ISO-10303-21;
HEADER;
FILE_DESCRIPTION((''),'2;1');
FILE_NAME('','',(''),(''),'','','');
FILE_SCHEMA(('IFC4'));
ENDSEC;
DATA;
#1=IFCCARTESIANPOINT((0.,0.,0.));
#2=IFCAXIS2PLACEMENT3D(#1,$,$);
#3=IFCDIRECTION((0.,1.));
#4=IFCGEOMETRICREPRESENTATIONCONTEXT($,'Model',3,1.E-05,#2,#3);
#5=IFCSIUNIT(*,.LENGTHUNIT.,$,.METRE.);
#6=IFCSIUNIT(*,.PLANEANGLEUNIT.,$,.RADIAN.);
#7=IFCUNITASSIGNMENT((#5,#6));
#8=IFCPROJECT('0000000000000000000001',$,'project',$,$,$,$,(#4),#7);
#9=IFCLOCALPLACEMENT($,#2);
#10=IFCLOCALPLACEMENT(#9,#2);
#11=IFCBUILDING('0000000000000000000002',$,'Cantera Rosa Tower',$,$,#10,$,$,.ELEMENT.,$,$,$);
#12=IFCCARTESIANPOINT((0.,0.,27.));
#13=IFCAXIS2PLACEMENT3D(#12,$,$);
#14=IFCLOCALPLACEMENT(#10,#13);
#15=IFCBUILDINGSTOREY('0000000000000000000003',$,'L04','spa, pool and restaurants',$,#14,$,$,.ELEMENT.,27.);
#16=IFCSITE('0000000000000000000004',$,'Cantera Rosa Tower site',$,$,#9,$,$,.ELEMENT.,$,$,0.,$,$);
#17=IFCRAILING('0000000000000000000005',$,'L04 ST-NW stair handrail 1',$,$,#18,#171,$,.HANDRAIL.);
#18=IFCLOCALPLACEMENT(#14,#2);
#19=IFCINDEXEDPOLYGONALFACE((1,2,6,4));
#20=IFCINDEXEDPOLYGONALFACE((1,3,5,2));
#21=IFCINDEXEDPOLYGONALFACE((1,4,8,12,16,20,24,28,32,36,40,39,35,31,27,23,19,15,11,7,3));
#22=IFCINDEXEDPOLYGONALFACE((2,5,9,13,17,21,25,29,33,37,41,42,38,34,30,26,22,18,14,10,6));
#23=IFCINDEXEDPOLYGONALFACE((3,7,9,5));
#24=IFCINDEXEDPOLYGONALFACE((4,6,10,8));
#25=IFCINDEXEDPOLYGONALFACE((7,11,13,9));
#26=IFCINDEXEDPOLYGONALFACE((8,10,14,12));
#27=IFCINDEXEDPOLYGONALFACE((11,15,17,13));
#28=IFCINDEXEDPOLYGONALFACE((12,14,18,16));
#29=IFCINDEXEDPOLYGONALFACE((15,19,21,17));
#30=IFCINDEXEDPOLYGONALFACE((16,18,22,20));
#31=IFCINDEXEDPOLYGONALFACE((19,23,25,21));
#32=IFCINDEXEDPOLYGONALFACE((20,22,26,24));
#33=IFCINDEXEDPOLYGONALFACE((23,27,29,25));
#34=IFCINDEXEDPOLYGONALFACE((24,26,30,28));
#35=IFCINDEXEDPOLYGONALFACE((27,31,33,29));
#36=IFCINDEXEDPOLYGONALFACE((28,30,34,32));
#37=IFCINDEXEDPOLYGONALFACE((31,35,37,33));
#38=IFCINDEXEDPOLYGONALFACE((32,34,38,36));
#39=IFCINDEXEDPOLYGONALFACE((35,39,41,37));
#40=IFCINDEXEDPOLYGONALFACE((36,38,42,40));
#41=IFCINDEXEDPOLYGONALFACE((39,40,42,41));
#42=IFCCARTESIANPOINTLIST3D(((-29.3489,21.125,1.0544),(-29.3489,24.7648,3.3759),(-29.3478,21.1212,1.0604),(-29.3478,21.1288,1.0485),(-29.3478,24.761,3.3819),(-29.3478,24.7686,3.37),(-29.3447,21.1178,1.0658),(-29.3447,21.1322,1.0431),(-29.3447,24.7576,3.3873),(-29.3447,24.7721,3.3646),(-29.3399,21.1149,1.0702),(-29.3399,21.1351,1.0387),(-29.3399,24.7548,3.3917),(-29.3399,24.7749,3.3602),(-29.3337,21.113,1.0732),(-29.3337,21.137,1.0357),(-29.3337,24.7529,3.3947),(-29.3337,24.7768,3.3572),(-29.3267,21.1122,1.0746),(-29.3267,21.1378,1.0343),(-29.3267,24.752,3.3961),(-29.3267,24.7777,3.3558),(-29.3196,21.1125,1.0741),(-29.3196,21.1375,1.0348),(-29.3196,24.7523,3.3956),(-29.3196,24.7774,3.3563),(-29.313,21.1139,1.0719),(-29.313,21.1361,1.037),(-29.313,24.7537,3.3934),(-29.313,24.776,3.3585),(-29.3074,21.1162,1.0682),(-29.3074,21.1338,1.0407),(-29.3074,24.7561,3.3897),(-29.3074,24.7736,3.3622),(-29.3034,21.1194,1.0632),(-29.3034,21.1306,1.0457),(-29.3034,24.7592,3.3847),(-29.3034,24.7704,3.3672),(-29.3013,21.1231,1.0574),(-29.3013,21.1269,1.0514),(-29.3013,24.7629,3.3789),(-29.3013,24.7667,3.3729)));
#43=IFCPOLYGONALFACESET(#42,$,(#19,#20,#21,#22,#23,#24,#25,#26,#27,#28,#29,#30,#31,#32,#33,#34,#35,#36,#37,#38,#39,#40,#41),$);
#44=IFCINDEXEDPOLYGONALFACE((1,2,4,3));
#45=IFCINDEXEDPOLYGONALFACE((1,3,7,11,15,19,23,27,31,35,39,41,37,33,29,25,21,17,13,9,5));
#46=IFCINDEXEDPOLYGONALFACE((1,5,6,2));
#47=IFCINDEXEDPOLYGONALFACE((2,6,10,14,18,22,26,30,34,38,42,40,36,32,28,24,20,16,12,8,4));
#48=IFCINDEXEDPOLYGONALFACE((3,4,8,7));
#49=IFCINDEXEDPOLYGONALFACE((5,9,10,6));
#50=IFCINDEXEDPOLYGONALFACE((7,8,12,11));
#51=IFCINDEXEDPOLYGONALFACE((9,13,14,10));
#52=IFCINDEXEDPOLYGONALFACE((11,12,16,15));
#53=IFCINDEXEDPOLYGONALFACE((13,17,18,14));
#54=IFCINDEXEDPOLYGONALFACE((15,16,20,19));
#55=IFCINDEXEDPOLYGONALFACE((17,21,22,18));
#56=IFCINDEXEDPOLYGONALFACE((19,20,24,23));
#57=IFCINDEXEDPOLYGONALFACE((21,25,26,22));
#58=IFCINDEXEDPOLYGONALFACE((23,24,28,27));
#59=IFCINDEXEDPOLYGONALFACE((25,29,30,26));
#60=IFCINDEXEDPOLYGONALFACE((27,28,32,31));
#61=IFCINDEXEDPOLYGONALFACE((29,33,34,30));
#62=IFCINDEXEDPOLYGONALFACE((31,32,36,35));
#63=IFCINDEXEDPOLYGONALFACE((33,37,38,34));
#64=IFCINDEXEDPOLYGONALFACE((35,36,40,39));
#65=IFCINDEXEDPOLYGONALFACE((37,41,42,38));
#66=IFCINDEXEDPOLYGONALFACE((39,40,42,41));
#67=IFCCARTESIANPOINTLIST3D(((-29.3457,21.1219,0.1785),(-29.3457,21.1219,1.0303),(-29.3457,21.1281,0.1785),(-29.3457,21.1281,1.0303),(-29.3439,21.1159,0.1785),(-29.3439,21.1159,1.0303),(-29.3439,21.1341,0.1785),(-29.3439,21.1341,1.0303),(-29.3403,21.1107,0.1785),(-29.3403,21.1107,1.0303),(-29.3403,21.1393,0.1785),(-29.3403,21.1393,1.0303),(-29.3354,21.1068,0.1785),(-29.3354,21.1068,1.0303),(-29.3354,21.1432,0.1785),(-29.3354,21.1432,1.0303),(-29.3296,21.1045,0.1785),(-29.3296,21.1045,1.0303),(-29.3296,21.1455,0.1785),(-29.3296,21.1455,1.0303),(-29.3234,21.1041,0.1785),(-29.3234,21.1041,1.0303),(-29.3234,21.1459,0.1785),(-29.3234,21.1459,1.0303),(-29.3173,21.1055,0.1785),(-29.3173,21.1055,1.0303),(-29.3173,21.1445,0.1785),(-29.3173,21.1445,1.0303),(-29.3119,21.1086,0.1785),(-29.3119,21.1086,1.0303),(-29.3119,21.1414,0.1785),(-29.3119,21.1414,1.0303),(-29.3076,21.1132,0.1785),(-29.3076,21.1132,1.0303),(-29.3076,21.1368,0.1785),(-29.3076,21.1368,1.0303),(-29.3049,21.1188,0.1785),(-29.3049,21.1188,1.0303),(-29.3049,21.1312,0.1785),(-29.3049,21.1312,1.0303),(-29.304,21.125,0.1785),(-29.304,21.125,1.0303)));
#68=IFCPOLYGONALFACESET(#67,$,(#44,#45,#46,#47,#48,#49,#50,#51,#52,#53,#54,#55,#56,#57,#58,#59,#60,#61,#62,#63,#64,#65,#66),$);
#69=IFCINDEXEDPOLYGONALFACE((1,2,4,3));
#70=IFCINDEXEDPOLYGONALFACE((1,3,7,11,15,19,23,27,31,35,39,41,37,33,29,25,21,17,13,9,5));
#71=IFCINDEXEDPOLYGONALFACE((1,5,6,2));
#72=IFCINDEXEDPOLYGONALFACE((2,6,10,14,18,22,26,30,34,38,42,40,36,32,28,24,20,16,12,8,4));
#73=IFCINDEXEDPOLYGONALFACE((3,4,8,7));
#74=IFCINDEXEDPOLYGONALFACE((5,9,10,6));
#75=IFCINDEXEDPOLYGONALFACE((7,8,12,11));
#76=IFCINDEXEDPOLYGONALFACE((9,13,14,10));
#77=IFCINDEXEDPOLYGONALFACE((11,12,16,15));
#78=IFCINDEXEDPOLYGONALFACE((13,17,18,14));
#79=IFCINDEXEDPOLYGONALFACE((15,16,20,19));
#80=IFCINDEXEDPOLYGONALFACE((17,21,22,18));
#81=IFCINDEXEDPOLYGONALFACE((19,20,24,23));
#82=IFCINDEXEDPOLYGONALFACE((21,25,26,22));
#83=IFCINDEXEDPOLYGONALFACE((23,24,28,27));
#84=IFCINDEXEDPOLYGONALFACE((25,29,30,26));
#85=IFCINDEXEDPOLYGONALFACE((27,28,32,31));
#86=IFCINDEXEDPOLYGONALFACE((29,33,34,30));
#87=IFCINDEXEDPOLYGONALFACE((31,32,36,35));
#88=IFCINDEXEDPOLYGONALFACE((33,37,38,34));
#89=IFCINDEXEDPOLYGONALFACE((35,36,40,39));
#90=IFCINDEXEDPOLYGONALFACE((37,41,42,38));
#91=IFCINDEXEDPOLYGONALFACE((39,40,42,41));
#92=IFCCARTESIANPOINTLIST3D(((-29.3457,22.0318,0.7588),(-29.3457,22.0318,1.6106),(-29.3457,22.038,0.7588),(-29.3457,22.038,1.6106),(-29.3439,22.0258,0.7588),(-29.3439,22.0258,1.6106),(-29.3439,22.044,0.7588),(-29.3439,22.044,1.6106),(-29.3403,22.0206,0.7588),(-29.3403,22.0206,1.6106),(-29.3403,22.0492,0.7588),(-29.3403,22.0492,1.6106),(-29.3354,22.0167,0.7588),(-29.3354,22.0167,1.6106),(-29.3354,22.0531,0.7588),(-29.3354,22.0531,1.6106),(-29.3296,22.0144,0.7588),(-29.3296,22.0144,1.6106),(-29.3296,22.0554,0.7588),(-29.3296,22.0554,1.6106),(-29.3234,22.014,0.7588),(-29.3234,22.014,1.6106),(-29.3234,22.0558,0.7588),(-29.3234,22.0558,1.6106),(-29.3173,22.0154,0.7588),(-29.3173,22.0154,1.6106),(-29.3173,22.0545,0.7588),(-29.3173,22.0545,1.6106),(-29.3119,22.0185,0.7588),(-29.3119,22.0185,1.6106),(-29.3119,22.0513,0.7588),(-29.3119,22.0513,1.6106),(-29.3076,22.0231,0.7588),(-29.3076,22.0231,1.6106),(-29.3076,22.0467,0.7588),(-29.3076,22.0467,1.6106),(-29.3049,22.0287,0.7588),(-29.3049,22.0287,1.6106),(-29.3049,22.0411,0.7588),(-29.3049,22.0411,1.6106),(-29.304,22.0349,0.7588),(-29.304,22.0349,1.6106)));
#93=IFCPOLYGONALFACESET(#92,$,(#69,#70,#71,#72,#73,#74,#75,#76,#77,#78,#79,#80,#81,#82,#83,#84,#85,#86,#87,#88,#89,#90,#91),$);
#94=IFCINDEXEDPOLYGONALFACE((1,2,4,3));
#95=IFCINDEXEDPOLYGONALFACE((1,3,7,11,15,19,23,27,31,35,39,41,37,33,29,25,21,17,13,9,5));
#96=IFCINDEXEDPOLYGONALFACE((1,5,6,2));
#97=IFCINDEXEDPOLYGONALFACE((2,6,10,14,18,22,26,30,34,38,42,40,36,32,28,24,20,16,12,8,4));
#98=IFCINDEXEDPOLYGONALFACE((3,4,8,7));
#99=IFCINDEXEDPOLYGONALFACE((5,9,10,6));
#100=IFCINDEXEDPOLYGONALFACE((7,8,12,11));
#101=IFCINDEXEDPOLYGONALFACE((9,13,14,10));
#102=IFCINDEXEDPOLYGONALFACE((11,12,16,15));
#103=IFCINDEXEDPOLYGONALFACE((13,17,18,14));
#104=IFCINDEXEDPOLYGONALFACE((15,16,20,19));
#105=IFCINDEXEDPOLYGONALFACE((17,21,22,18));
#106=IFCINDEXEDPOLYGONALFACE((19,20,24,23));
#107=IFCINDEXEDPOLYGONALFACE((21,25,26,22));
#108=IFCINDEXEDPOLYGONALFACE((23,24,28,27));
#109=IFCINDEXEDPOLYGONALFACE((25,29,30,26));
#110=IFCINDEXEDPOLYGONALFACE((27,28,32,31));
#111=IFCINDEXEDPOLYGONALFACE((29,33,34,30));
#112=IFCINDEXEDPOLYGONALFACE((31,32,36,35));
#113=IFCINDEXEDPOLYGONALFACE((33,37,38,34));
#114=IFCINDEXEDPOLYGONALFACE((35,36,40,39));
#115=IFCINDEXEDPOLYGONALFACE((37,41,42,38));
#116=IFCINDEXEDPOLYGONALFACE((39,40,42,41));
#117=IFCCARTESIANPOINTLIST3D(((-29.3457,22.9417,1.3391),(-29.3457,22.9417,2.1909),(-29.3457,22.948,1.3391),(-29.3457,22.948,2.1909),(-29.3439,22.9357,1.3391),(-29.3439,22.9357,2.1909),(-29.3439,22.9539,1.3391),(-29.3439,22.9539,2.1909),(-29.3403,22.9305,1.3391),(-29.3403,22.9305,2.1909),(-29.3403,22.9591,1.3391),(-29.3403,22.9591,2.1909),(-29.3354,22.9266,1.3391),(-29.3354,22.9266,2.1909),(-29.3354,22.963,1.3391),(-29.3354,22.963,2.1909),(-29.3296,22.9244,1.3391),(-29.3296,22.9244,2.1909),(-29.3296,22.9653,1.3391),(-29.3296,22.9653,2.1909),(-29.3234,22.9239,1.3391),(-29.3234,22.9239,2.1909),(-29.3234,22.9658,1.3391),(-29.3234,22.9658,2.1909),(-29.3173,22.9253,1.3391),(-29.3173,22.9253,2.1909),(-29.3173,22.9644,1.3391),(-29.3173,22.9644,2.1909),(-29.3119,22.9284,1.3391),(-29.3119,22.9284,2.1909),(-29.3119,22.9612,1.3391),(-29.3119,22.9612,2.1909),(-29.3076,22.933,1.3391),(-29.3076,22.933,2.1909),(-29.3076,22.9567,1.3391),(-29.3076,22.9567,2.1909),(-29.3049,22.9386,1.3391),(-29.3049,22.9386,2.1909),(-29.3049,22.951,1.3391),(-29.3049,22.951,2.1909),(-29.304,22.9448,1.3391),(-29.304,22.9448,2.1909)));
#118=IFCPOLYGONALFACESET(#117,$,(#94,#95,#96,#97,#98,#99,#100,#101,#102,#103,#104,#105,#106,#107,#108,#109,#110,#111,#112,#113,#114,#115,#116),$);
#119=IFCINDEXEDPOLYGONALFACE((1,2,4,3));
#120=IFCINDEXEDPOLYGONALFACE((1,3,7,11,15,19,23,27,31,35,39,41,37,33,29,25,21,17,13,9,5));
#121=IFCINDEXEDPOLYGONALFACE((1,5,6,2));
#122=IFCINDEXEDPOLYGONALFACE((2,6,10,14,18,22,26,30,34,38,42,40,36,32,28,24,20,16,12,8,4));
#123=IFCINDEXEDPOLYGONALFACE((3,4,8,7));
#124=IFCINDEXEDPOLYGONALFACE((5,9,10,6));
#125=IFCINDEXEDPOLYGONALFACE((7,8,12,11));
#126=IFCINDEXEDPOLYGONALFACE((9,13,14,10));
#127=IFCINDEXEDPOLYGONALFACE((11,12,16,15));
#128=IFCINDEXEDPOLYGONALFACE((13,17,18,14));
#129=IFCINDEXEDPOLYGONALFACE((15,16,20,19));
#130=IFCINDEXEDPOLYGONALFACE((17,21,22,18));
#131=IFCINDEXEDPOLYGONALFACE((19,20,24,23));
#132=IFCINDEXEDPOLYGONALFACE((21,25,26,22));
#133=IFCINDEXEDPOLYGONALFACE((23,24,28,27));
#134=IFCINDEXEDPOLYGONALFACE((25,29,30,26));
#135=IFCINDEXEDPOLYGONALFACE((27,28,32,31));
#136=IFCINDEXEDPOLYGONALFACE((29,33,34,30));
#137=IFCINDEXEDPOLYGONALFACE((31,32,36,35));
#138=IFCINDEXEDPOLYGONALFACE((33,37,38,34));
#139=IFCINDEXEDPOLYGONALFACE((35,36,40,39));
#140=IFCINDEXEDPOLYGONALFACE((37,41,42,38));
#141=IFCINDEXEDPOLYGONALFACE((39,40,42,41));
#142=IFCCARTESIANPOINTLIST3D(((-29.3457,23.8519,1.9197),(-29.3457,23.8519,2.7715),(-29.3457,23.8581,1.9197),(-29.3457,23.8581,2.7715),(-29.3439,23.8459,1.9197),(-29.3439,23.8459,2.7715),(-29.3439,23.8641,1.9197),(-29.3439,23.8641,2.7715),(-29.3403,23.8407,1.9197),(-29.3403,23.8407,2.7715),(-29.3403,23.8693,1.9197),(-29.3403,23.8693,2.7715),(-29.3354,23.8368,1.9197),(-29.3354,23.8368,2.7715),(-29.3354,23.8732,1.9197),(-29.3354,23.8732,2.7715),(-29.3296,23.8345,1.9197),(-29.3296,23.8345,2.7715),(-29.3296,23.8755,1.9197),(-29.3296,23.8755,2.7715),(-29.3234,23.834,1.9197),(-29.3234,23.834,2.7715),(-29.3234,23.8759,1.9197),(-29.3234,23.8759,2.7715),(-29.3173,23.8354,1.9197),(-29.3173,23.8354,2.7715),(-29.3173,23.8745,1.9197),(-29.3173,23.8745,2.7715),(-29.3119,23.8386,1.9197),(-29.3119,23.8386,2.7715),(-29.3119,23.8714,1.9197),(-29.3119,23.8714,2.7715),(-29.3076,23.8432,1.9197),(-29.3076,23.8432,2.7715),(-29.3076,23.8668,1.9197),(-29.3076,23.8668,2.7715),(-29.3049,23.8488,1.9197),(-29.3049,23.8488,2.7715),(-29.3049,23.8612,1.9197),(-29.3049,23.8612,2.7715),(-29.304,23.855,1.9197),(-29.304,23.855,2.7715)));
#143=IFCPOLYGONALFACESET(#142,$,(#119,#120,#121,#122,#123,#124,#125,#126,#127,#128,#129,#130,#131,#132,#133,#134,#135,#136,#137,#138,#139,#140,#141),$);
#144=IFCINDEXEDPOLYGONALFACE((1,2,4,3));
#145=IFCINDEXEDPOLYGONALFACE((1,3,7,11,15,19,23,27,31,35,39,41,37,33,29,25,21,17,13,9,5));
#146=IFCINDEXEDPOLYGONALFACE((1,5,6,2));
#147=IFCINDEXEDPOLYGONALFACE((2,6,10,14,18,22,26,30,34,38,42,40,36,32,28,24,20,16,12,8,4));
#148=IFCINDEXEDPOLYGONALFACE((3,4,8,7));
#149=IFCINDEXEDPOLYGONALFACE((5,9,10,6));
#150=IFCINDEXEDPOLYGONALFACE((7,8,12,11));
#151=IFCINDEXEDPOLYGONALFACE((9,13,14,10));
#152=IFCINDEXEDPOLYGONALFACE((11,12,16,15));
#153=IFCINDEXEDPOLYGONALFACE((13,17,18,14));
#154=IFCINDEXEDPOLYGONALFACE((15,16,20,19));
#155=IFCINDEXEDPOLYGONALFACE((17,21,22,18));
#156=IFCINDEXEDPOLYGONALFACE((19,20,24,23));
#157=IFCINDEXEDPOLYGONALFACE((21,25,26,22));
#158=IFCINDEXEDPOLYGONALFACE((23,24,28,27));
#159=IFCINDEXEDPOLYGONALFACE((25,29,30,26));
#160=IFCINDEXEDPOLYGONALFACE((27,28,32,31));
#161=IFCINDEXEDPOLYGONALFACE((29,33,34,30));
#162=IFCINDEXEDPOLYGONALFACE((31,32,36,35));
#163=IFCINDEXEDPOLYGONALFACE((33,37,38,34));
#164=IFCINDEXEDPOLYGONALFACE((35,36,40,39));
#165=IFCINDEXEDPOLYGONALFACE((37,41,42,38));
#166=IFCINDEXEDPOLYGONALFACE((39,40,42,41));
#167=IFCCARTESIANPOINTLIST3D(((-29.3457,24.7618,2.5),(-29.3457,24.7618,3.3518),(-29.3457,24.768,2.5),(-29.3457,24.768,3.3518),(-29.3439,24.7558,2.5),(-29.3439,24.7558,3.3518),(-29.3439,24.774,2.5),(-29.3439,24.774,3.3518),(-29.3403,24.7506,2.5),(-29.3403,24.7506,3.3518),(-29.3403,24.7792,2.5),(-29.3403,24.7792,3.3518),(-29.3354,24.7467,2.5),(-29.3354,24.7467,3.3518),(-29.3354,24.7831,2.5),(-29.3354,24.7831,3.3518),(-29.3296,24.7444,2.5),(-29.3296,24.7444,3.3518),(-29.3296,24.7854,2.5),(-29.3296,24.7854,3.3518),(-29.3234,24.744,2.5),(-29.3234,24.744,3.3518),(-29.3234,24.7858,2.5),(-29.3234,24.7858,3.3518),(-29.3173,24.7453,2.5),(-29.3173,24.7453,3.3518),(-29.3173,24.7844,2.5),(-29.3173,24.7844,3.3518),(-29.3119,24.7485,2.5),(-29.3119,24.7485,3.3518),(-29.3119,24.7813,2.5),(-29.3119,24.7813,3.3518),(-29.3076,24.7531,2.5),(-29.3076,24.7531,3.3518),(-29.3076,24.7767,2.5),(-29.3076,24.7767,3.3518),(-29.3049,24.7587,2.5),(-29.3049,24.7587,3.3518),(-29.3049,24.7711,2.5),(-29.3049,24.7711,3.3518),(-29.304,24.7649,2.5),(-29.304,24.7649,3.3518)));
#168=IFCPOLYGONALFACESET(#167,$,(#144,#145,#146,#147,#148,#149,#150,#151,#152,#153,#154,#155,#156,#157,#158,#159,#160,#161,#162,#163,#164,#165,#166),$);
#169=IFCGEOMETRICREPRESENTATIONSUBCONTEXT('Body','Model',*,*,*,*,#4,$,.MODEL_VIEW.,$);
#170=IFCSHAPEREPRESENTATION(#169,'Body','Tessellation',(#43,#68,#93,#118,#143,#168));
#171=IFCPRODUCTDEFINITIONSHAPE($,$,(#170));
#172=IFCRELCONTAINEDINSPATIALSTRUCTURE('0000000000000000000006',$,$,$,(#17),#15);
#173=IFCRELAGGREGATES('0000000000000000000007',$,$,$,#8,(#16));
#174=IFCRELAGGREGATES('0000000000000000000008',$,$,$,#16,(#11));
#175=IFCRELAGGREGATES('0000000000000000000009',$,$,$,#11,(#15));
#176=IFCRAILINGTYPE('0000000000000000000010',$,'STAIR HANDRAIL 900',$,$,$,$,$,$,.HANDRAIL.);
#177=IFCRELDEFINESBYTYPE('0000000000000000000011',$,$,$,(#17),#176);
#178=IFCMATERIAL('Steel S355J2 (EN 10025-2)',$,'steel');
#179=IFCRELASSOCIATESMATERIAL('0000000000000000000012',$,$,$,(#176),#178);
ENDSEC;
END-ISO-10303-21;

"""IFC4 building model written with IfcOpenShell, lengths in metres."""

from ifc_helpers import new_model, si_unit, direction, frame, origin, origin_2d, place, context, subcontext, project, spatial, circle, extrude, material, type_object, element, save


model = new_model("IFC4")

# Units and contexts
model_context = context("Model", 3, precision=1e-05, world=origin(), true_north=direction((0.0, 1.0)))
body_context = subcontext(model_context, "Body", "Model", "MODEL_VIEW")
ifc_project = project(units=[si_unit("LENGTHUNIT", "METRE"), si_unit("PLANEANGLEUNIT", "RADIAN")], contexts=[model_context])

# Site, building, storey
site_placement = place(None, origin())
site = spatial("IfcSite", under=ifc_project, at=site_placement, Name="Cantera Rosa Tower site", CompositionType="ELEMENT", RefElevation=0.0)
building_placement = place(site_placement, origin())
building = spatial("IfcBuilding", under=site, at=building_placement, Name="Cantera Rosa Tower", CompositionType="ELEMENT")
storey_placement = place(building_placement, frame((0.0, 0.0, 27.0)))
storey = spatial("IfcBuildingStorey", under=building, at=storey_placement, Name="L04", Description="spa, pool and restaurants", CompositionType="ELEMENT", Elevation=27.0)

# Railing
ifc_material_1 = material(Name="Steel S355J2 (EN 10025-2)", Category="steel")
railing_type_1 = type_object("IfcRailingType", Name="STAIR HANDRAIL 900", PredefinedType="HANDRAIL", material=ifc_material_1)
railing_1_placement = place(storey_placement, frame((-29.325, 21.125, 0.1785)))
element("IfcRailing", 1, at=railing_1_placement, inside=storey, type_object=railing_type_1, Name="L04 ST-NW stair handrail 1", PredefinedType="HANDRAIL", context=body_context, shape_type="SweptSolid", body=[
    extrude(circle(Radius=0.0239, at=origin_2d()), frame((0.0, 0.0, 0.876), z_axis=(0.0, 0.843112, 0.537739), x_axis=(-1.0, 0.0, 0.0)), (0.0, 0.0, 1.0), 4.3171),
    extrude(circle(Radius=0.021, at=origin_2d()), origin(), (0.0, 0.0, 1.0), 0.8518),
    extrude(circle(Radius=0.021, at=origin_2d()), frame((0.0, 0.9099, 0.5803)), (0.0, 0.0, 1.0), 0.8518),
    extrude(circle(Radius=0.021, at=origin_2d()), frame((0.0, 1.8198, 1.1606)), (0.0, 0.0, 1.0), 0.8518),
    extrude(circle(Radius=0.021, at=origin_2d()), frame((0.0, 2.73, 1.7412)), (0.0, 0.0, 1.0), 0.8518),
    extrude(circle(Radius=0.021, at=origin_2d()), frame((0.0, 3.6399, 2.3215)), (0.0, 0.0, 1.0), 0.8518),
])

save(model, "model.ifc")
